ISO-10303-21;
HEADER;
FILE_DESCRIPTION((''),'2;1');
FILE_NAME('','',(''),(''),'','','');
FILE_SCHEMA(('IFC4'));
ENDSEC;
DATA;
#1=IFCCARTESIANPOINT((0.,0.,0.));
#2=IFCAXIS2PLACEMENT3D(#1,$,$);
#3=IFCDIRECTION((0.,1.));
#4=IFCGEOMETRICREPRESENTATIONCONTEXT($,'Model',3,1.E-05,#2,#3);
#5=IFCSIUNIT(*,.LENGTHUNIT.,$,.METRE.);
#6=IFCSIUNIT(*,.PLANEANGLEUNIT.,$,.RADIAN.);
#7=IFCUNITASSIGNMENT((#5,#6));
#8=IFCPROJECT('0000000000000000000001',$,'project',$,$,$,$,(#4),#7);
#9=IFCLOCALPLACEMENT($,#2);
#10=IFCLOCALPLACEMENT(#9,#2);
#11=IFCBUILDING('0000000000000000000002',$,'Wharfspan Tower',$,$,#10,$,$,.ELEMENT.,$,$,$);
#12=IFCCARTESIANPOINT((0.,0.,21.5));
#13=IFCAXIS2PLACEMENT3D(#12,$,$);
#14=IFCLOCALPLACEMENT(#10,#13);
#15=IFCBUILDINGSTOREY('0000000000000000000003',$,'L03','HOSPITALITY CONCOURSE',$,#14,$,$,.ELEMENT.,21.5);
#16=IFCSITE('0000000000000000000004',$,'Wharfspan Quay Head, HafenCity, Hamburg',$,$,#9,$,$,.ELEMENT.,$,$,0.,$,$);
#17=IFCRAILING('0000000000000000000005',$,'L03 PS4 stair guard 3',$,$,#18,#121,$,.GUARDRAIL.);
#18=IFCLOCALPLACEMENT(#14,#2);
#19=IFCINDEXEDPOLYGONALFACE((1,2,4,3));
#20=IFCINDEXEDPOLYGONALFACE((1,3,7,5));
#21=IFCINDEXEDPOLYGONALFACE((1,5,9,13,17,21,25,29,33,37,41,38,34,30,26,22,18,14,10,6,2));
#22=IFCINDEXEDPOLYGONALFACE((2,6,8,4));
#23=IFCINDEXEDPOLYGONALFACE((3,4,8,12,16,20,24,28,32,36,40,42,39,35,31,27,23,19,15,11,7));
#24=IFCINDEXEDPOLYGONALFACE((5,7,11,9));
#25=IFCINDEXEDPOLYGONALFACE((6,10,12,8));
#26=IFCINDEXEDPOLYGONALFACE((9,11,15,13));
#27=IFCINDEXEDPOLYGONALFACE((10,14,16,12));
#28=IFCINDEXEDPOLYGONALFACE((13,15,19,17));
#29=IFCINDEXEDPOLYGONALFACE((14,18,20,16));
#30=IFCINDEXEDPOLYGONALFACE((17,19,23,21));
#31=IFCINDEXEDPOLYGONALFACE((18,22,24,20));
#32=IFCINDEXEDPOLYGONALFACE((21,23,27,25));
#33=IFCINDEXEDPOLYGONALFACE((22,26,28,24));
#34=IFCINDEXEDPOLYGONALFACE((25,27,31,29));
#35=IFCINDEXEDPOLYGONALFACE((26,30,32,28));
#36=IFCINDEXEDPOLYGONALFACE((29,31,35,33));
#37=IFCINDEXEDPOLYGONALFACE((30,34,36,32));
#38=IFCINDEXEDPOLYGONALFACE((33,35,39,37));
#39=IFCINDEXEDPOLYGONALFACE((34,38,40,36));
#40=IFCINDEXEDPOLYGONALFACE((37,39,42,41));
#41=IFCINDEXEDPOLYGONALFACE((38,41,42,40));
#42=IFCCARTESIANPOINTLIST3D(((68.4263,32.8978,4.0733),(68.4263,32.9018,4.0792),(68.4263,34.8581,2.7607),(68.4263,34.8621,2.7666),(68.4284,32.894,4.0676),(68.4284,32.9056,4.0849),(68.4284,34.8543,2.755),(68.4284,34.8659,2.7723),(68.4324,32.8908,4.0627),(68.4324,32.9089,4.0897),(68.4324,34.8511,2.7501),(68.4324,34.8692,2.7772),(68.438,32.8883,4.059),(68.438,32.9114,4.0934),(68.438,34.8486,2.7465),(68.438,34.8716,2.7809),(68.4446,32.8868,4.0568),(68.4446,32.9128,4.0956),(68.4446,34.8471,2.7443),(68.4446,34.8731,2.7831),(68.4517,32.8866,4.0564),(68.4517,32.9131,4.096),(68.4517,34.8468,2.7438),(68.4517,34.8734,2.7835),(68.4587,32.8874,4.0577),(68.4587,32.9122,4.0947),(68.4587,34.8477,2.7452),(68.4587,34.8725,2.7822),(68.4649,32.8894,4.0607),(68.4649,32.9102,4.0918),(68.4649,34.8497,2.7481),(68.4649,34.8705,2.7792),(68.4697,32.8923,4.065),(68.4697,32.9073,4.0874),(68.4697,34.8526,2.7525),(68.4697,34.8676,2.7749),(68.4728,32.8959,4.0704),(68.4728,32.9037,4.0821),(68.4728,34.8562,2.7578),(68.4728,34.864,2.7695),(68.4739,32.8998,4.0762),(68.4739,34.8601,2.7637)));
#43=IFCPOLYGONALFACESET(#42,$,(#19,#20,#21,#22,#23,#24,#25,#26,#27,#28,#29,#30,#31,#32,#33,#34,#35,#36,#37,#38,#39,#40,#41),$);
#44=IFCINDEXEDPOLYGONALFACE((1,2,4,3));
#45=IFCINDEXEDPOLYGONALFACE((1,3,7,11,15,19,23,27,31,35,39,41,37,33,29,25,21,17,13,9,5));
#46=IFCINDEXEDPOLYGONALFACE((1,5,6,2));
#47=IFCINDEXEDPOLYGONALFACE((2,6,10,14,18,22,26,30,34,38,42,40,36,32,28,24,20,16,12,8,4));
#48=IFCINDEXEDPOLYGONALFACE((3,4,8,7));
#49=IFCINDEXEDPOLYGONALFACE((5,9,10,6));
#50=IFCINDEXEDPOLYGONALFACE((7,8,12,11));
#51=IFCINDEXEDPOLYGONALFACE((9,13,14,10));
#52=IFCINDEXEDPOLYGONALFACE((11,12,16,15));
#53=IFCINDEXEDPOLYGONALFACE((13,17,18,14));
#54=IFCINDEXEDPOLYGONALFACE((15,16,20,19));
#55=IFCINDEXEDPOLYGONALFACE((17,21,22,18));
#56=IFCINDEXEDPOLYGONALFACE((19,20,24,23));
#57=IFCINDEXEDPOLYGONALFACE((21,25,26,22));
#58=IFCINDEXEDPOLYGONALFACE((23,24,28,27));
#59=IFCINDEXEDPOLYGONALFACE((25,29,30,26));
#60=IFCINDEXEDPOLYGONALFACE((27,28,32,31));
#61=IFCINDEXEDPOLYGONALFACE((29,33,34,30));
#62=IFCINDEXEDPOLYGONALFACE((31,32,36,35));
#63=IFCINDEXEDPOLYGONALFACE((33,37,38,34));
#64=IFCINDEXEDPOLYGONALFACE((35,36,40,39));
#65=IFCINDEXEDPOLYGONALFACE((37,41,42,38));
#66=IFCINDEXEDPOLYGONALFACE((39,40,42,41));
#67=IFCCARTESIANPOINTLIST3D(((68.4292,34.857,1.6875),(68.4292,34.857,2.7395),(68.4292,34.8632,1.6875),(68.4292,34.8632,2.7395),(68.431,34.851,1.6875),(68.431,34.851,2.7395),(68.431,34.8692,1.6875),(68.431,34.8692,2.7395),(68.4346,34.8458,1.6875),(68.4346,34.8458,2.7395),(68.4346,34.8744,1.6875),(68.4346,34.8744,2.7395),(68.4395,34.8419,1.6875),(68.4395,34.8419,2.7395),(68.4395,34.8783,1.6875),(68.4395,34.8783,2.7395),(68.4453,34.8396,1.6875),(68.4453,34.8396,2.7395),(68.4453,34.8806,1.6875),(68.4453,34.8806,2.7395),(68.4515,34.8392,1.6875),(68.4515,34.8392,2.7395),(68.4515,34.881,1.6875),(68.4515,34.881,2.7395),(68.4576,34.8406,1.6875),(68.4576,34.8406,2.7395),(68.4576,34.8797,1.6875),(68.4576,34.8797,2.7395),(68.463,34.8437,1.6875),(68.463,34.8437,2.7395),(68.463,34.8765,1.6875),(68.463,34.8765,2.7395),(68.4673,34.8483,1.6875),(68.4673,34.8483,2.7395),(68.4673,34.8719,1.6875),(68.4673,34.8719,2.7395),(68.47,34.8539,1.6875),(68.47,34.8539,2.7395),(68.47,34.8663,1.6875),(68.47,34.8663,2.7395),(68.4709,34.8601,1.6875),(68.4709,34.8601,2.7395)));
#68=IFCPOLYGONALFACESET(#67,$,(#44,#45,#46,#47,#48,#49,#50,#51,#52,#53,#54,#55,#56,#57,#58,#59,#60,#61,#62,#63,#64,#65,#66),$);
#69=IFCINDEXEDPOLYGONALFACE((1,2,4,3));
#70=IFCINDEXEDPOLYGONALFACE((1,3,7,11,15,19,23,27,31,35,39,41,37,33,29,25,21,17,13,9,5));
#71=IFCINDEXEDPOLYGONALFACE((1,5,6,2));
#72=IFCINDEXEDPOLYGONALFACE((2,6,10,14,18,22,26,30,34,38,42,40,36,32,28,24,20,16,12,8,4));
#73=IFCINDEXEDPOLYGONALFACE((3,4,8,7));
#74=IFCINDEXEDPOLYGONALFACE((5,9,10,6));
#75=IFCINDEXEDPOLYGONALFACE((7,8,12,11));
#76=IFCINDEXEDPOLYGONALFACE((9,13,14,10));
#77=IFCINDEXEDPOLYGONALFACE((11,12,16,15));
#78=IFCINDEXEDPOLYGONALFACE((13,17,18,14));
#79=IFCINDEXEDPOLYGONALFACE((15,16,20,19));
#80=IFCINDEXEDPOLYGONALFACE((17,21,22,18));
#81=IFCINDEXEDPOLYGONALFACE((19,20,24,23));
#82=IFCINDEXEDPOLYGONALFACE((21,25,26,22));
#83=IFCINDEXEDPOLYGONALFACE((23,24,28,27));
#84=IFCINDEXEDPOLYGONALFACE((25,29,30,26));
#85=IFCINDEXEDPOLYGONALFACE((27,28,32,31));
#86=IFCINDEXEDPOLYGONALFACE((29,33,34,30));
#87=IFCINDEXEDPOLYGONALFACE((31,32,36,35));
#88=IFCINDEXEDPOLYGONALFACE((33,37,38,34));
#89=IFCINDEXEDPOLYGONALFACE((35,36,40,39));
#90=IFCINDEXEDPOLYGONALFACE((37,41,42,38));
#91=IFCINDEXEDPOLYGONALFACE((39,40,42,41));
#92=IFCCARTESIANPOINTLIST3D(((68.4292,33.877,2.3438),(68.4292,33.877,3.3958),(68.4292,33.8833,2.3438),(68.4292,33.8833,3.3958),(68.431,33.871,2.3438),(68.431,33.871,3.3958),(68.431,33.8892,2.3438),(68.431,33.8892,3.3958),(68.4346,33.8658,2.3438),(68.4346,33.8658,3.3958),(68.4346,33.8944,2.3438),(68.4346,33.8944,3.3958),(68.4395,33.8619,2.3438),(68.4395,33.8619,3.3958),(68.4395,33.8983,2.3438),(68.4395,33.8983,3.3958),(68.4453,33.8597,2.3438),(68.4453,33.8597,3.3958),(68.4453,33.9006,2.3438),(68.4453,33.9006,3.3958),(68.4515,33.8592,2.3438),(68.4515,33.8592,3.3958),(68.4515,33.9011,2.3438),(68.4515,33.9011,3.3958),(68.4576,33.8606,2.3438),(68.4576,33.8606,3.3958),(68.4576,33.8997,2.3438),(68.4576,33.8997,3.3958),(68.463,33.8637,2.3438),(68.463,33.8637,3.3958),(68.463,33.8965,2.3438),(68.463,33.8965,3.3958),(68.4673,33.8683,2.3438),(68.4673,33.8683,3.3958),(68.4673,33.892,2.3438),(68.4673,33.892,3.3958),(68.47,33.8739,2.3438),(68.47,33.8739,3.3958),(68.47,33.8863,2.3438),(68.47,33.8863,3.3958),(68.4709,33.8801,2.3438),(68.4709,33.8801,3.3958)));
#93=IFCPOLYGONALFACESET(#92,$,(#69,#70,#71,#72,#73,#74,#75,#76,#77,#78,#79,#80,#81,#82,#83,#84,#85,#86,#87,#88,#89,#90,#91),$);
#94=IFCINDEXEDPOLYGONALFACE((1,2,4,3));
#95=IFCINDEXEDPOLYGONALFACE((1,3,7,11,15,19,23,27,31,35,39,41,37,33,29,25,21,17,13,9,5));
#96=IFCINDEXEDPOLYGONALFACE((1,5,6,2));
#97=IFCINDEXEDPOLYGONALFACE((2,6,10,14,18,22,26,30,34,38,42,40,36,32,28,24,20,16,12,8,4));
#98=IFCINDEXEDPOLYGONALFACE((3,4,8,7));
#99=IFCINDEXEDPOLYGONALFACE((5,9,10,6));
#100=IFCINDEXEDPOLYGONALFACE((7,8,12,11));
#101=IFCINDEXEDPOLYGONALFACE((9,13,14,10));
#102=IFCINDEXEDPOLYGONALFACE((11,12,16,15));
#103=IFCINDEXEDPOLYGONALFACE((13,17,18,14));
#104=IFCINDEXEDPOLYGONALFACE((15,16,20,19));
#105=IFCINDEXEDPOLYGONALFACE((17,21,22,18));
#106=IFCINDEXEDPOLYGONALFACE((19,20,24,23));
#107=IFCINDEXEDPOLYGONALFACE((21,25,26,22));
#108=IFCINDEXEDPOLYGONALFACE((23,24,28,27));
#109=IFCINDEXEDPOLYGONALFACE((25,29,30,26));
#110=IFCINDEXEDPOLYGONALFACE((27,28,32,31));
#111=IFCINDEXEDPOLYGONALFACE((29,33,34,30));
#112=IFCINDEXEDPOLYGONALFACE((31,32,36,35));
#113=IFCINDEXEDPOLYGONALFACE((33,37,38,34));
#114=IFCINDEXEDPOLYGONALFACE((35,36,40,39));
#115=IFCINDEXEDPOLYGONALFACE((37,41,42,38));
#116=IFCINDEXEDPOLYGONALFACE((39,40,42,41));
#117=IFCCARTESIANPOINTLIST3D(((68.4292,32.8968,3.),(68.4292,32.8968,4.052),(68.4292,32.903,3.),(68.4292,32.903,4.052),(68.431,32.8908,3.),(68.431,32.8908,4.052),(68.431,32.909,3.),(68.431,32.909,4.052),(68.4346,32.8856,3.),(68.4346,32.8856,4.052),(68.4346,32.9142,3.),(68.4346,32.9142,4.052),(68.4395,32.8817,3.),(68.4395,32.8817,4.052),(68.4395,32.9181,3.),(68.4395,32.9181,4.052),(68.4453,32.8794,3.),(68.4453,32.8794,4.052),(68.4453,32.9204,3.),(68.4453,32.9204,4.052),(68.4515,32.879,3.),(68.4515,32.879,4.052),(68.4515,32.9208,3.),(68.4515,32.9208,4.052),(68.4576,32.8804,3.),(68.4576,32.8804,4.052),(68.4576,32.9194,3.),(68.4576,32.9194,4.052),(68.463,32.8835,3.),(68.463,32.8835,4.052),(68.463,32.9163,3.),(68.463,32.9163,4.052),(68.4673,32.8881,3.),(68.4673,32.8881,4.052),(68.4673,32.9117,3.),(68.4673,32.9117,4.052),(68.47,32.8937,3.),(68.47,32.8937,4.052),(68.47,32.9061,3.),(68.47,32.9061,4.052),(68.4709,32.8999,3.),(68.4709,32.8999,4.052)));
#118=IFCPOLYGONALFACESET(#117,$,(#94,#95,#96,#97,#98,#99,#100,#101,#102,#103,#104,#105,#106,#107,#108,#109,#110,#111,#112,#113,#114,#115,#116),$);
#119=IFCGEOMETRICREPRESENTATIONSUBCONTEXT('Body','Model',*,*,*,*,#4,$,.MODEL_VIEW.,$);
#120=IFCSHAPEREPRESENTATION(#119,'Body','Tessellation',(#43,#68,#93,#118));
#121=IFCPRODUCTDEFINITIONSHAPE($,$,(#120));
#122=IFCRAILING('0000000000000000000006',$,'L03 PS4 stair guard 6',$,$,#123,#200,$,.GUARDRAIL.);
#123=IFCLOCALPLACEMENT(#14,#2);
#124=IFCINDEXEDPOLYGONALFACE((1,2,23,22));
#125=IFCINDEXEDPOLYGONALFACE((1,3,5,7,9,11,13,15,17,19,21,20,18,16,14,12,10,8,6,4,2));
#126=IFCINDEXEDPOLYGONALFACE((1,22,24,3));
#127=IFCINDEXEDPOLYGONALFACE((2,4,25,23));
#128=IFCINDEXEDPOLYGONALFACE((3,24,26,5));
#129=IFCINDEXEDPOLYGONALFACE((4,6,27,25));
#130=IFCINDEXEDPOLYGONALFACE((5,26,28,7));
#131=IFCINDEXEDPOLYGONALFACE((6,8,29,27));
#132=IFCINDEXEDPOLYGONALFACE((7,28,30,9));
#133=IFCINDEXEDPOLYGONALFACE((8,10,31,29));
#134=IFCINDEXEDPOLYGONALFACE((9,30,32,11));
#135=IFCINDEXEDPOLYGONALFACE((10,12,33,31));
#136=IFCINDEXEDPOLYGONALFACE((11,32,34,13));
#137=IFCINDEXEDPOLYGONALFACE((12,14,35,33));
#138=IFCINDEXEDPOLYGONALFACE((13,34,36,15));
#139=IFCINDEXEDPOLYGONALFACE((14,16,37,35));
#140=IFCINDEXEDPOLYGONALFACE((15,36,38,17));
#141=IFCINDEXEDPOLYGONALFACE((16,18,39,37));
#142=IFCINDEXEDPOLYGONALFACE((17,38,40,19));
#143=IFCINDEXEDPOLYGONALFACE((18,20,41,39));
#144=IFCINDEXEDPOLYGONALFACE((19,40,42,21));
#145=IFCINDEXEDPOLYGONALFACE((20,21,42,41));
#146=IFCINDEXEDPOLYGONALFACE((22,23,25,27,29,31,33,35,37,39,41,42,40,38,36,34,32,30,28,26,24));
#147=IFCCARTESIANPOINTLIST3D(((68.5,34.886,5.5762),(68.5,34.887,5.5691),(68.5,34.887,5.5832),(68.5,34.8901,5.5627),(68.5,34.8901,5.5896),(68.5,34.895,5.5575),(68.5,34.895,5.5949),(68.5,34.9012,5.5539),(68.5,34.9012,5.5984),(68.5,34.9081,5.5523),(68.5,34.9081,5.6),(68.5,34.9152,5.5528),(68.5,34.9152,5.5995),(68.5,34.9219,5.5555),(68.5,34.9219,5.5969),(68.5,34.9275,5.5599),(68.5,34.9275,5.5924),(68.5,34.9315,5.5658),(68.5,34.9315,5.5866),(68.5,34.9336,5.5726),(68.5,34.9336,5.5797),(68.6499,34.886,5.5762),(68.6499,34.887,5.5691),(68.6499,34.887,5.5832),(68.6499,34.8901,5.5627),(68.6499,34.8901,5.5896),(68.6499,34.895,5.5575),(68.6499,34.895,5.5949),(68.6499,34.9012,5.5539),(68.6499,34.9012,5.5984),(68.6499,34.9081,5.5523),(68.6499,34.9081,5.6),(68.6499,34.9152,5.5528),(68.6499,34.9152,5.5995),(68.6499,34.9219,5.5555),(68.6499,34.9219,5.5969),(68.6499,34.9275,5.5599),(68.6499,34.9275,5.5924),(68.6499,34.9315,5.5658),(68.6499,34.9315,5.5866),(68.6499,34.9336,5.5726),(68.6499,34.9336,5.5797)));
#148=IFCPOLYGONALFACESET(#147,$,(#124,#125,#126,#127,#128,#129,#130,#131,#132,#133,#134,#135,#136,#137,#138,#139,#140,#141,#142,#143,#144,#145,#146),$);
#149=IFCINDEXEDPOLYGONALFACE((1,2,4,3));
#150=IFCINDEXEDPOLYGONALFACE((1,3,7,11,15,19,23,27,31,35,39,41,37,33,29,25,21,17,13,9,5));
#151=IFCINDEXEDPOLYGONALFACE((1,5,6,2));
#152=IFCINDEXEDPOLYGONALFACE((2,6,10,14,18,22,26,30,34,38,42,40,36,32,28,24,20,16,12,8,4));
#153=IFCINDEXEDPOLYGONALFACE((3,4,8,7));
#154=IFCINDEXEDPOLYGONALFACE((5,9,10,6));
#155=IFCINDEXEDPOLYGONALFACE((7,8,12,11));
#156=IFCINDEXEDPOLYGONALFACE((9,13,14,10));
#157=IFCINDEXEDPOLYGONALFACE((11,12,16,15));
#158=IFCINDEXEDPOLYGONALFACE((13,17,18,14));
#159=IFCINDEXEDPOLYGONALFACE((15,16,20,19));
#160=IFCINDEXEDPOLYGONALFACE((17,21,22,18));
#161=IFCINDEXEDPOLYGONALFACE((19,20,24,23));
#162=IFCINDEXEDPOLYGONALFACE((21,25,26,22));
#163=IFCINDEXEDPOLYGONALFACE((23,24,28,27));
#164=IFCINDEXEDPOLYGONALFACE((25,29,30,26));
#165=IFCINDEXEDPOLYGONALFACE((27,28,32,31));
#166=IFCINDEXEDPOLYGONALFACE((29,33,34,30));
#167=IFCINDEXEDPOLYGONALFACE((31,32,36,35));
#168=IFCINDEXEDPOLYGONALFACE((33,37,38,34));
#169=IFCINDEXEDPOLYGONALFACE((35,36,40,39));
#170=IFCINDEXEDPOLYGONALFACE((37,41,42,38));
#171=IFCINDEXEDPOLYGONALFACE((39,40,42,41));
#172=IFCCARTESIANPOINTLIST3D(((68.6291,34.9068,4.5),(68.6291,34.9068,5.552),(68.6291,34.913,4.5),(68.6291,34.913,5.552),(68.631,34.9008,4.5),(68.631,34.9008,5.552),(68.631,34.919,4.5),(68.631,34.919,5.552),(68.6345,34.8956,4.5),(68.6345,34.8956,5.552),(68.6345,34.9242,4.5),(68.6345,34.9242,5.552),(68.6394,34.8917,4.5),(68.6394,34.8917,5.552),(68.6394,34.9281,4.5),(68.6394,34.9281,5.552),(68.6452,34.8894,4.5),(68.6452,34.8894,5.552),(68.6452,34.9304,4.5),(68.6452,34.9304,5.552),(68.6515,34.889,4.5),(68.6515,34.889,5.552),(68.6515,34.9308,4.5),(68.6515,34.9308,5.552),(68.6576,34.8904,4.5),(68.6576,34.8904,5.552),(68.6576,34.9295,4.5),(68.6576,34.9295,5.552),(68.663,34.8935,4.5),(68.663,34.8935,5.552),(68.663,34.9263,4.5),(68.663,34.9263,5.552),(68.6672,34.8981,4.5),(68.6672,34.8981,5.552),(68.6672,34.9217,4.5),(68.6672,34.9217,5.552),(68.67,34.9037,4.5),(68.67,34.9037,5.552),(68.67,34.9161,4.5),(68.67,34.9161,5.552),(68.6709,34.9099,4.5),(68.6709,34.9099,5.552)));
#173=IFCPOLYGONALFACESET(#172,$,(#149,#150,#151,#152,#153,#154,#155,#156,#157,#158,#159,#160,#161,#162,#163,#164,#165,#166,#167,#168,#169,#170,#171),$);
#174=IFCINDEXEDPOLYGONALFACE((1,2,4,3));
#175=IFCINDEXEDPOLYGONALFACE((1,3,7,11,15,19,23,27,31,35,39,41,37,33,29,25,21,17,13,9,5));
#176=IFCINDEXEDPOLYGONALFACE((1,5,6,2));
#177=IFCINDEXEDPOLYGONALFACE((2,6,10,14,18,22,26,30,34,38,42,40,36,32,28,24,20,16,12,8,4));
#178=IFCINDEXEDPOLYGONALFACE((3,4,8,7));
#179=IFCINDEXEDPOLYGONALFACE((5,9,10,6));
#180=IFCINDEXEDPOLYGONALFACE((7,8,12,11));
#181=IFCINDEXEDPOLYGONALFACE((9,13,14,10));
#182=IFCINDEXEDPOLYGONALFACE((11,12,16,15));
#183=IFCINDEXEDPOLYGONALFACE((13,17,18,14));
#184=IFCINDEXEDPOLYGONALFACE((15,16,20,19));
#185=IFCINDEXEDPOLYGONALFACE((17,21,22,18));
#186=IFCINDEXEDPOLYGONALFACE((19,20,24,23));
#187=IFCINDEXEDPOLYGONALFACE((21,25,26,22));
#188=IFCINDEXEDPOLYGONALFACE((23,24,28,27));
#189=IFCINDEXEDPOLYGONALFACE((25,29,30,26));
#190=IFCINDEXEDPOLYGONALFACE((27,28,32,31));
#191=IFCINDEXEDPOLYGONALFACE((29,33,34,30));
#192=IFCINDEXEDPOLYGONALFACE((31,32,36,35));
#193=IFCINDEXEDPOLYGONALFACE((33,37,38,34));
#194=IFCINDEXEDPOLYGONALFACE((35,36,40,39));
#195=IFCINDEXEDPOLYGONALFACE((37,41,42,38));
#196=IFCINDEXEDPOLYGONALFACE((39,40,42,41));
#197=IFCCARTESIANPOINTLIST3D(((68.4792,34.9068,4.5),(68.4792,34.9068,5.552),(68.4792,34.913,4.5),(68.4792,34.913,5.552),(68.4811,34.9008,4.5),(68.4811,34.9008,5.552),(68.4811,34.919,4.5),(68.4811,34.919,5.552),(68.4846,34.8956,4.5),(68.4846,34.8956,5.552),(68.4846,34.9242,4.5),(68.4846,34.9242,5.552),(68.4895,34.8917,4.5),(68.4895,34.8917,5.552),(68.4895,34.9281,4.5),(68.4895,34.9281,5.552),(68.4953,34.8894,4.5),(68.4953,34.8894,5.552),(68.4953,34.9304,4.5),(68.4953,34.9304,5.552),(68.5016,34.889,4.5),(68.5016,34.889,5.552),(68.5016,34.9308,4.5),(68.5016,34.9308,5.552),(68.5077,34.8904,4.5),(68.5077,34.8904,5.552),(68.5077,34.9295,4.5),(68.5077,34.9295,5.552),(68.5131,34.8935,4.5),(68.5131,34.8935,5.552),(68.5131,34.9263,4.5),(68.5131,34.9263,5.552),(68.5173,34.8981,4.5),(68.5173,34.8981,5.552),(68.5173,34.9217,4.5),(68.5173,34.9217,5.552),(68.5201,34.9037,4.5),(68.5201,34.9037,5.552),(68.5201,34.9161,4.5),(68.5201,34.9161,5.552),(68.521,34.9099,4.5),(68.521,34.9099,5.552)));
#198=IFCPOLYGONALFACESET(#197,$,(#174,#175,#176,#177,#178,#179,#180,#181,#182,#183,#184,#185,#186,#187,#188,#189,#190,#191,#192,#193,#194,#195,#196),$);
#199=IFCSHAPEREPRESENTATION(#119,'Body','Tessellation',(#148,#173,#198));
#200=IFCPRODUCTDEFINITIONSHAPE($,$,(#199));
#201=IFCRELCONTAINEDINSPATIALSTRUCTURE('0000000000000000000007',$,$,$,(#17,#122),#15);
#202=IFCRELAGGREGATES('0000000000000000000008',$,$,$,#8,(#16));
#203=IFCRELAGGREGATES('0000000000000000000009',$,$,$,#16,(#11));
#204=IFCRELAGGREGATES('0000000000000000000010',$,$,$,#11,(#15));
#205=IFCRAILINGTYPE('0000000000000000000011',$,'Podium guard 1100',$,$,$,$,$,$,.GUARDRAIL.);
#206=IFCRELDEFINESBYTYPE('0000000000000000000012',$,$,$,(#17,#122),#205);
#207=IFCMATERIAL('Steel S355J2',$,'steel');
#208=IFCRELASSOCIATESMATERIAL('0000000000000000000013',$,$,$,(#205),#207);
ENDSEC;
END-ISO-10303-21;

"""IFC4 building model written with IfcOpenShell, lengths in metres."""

from ifc_helpers import new_model, si_unit, direction, frame, origin, origin_2d, place, context, subcontext, project, spatial, circle, extrude, material, type_object, element, save


model = new_model("IFC4")

# Units and contexts
model_context = context("Model", 3, precision=1e-05, world=origin(), true_north=direction((0.0, 1.0)))
body_context = subcontext(model_context, "Body", "Model", "MODEL_VIEW")
ifc_project = project(units=[si_unit("LENGTHUNIT", "METRE"), si_unit("PLANEANGLEUNIT", "RADIAN")], contexts=[model_context])

# Site, building, storey
site_placement = place(None, origin())
site = spatial("IfcSite", under=ifc_project, at=site_placement, Name="Wharfspan Quay Head, HafenCity, Hamburg", CompositionType="ELEMENT", RefElevation=0.0)
building_placement = place(site_placement, origin())
building = spatial("IfcBuilding", under=site, at=building_placement, Name="Wharfspan Tower", CompositionType="ELEMENT")
storey_placement = place(building_placement, frame((0.0, 0.0, 21.5)))
storey = spatial("IfcBuildingStorey", under=building, at=storey_placement, Name="L03", Description="HOSPITALITY CONCOURSE", CompositionType="ELEMENT", Elevation=21.5)

# Railings
ifc_material_1 = material(Name="Steel S355J2", Category="steel")
railing_type_1 = type_object("IfcRailingType", Name="Podium guard 1100", PredefinedType="GUARDRAIL", material=ifc_material_1)
railing_1_placement = place(storey_placement, frame((68.45, 34.8601, 1.6875)))
element("IfcRailing", 1, at=railing_1_placement, inside=storey, type_object=railing_type_1, Name="L03 PS4 stair guard 3", PredefinedType="GUARDRAIL", context=body_context, shape_type="SweptSolid", body=[
    extrude(circle(Radius=0.0239, at=origin_2d()), frame((0.0, 0.0, 1.0762), z_axis=(0.0, -0.830934, 0.556371), x_axis=(1.0, 0.0, 0.0)), (0.0, 0.0, 1.0), 2.3591),
    extrude(circle(Radius=0.021, at=origin_2d()), origin(), (0.0, 0.0, 1.0), 1.052),
    extrude(circle(Radius=0.021, at=origin_2d()), frame((0.0, -0.98, 0.6562)), (0.0, 0.0, 1.0), 1.052),
    extrude(circle(Radius=0.021, at=origin_2d()), frame((0.0, -1.9602, 1.3125)), (0.0, 0.0, 1.0), 1.052),
])
railing_2_placement = place(storey_placement, frame((68.6499, 34.9099, 4.5)))
element("IfcRailing", 2, at=railing_2_placement, inside=storey, type_object=railing_type_1, Name="L03 PS4 stair guard 6", PredefinedType="GUARDRAIL", context=body_context, shape_type="SweptSolid", body=[
    extrude(circle(Radius=0.0239, at=origin_2d()), frame((0.0, 0.0, 1.0762), z_axis=(-1.0, 0.0, 0.0), x_axis=(0.0, -1.0, 0.0)), (0.0, 0.0, 1.0), 0.1499),
    extrude(circle(Radius=0.021, at=origin_2d()), origin(), (0.0, 0.0, 1.0), 1.052),
    extrude(circle(Radius=0.021, at=origin_2d()), frame((-0.1499, 0.0, 0.0)), (0.0, 0.0, 1.0), 1.052),
])

save(model, "model.ifc")
